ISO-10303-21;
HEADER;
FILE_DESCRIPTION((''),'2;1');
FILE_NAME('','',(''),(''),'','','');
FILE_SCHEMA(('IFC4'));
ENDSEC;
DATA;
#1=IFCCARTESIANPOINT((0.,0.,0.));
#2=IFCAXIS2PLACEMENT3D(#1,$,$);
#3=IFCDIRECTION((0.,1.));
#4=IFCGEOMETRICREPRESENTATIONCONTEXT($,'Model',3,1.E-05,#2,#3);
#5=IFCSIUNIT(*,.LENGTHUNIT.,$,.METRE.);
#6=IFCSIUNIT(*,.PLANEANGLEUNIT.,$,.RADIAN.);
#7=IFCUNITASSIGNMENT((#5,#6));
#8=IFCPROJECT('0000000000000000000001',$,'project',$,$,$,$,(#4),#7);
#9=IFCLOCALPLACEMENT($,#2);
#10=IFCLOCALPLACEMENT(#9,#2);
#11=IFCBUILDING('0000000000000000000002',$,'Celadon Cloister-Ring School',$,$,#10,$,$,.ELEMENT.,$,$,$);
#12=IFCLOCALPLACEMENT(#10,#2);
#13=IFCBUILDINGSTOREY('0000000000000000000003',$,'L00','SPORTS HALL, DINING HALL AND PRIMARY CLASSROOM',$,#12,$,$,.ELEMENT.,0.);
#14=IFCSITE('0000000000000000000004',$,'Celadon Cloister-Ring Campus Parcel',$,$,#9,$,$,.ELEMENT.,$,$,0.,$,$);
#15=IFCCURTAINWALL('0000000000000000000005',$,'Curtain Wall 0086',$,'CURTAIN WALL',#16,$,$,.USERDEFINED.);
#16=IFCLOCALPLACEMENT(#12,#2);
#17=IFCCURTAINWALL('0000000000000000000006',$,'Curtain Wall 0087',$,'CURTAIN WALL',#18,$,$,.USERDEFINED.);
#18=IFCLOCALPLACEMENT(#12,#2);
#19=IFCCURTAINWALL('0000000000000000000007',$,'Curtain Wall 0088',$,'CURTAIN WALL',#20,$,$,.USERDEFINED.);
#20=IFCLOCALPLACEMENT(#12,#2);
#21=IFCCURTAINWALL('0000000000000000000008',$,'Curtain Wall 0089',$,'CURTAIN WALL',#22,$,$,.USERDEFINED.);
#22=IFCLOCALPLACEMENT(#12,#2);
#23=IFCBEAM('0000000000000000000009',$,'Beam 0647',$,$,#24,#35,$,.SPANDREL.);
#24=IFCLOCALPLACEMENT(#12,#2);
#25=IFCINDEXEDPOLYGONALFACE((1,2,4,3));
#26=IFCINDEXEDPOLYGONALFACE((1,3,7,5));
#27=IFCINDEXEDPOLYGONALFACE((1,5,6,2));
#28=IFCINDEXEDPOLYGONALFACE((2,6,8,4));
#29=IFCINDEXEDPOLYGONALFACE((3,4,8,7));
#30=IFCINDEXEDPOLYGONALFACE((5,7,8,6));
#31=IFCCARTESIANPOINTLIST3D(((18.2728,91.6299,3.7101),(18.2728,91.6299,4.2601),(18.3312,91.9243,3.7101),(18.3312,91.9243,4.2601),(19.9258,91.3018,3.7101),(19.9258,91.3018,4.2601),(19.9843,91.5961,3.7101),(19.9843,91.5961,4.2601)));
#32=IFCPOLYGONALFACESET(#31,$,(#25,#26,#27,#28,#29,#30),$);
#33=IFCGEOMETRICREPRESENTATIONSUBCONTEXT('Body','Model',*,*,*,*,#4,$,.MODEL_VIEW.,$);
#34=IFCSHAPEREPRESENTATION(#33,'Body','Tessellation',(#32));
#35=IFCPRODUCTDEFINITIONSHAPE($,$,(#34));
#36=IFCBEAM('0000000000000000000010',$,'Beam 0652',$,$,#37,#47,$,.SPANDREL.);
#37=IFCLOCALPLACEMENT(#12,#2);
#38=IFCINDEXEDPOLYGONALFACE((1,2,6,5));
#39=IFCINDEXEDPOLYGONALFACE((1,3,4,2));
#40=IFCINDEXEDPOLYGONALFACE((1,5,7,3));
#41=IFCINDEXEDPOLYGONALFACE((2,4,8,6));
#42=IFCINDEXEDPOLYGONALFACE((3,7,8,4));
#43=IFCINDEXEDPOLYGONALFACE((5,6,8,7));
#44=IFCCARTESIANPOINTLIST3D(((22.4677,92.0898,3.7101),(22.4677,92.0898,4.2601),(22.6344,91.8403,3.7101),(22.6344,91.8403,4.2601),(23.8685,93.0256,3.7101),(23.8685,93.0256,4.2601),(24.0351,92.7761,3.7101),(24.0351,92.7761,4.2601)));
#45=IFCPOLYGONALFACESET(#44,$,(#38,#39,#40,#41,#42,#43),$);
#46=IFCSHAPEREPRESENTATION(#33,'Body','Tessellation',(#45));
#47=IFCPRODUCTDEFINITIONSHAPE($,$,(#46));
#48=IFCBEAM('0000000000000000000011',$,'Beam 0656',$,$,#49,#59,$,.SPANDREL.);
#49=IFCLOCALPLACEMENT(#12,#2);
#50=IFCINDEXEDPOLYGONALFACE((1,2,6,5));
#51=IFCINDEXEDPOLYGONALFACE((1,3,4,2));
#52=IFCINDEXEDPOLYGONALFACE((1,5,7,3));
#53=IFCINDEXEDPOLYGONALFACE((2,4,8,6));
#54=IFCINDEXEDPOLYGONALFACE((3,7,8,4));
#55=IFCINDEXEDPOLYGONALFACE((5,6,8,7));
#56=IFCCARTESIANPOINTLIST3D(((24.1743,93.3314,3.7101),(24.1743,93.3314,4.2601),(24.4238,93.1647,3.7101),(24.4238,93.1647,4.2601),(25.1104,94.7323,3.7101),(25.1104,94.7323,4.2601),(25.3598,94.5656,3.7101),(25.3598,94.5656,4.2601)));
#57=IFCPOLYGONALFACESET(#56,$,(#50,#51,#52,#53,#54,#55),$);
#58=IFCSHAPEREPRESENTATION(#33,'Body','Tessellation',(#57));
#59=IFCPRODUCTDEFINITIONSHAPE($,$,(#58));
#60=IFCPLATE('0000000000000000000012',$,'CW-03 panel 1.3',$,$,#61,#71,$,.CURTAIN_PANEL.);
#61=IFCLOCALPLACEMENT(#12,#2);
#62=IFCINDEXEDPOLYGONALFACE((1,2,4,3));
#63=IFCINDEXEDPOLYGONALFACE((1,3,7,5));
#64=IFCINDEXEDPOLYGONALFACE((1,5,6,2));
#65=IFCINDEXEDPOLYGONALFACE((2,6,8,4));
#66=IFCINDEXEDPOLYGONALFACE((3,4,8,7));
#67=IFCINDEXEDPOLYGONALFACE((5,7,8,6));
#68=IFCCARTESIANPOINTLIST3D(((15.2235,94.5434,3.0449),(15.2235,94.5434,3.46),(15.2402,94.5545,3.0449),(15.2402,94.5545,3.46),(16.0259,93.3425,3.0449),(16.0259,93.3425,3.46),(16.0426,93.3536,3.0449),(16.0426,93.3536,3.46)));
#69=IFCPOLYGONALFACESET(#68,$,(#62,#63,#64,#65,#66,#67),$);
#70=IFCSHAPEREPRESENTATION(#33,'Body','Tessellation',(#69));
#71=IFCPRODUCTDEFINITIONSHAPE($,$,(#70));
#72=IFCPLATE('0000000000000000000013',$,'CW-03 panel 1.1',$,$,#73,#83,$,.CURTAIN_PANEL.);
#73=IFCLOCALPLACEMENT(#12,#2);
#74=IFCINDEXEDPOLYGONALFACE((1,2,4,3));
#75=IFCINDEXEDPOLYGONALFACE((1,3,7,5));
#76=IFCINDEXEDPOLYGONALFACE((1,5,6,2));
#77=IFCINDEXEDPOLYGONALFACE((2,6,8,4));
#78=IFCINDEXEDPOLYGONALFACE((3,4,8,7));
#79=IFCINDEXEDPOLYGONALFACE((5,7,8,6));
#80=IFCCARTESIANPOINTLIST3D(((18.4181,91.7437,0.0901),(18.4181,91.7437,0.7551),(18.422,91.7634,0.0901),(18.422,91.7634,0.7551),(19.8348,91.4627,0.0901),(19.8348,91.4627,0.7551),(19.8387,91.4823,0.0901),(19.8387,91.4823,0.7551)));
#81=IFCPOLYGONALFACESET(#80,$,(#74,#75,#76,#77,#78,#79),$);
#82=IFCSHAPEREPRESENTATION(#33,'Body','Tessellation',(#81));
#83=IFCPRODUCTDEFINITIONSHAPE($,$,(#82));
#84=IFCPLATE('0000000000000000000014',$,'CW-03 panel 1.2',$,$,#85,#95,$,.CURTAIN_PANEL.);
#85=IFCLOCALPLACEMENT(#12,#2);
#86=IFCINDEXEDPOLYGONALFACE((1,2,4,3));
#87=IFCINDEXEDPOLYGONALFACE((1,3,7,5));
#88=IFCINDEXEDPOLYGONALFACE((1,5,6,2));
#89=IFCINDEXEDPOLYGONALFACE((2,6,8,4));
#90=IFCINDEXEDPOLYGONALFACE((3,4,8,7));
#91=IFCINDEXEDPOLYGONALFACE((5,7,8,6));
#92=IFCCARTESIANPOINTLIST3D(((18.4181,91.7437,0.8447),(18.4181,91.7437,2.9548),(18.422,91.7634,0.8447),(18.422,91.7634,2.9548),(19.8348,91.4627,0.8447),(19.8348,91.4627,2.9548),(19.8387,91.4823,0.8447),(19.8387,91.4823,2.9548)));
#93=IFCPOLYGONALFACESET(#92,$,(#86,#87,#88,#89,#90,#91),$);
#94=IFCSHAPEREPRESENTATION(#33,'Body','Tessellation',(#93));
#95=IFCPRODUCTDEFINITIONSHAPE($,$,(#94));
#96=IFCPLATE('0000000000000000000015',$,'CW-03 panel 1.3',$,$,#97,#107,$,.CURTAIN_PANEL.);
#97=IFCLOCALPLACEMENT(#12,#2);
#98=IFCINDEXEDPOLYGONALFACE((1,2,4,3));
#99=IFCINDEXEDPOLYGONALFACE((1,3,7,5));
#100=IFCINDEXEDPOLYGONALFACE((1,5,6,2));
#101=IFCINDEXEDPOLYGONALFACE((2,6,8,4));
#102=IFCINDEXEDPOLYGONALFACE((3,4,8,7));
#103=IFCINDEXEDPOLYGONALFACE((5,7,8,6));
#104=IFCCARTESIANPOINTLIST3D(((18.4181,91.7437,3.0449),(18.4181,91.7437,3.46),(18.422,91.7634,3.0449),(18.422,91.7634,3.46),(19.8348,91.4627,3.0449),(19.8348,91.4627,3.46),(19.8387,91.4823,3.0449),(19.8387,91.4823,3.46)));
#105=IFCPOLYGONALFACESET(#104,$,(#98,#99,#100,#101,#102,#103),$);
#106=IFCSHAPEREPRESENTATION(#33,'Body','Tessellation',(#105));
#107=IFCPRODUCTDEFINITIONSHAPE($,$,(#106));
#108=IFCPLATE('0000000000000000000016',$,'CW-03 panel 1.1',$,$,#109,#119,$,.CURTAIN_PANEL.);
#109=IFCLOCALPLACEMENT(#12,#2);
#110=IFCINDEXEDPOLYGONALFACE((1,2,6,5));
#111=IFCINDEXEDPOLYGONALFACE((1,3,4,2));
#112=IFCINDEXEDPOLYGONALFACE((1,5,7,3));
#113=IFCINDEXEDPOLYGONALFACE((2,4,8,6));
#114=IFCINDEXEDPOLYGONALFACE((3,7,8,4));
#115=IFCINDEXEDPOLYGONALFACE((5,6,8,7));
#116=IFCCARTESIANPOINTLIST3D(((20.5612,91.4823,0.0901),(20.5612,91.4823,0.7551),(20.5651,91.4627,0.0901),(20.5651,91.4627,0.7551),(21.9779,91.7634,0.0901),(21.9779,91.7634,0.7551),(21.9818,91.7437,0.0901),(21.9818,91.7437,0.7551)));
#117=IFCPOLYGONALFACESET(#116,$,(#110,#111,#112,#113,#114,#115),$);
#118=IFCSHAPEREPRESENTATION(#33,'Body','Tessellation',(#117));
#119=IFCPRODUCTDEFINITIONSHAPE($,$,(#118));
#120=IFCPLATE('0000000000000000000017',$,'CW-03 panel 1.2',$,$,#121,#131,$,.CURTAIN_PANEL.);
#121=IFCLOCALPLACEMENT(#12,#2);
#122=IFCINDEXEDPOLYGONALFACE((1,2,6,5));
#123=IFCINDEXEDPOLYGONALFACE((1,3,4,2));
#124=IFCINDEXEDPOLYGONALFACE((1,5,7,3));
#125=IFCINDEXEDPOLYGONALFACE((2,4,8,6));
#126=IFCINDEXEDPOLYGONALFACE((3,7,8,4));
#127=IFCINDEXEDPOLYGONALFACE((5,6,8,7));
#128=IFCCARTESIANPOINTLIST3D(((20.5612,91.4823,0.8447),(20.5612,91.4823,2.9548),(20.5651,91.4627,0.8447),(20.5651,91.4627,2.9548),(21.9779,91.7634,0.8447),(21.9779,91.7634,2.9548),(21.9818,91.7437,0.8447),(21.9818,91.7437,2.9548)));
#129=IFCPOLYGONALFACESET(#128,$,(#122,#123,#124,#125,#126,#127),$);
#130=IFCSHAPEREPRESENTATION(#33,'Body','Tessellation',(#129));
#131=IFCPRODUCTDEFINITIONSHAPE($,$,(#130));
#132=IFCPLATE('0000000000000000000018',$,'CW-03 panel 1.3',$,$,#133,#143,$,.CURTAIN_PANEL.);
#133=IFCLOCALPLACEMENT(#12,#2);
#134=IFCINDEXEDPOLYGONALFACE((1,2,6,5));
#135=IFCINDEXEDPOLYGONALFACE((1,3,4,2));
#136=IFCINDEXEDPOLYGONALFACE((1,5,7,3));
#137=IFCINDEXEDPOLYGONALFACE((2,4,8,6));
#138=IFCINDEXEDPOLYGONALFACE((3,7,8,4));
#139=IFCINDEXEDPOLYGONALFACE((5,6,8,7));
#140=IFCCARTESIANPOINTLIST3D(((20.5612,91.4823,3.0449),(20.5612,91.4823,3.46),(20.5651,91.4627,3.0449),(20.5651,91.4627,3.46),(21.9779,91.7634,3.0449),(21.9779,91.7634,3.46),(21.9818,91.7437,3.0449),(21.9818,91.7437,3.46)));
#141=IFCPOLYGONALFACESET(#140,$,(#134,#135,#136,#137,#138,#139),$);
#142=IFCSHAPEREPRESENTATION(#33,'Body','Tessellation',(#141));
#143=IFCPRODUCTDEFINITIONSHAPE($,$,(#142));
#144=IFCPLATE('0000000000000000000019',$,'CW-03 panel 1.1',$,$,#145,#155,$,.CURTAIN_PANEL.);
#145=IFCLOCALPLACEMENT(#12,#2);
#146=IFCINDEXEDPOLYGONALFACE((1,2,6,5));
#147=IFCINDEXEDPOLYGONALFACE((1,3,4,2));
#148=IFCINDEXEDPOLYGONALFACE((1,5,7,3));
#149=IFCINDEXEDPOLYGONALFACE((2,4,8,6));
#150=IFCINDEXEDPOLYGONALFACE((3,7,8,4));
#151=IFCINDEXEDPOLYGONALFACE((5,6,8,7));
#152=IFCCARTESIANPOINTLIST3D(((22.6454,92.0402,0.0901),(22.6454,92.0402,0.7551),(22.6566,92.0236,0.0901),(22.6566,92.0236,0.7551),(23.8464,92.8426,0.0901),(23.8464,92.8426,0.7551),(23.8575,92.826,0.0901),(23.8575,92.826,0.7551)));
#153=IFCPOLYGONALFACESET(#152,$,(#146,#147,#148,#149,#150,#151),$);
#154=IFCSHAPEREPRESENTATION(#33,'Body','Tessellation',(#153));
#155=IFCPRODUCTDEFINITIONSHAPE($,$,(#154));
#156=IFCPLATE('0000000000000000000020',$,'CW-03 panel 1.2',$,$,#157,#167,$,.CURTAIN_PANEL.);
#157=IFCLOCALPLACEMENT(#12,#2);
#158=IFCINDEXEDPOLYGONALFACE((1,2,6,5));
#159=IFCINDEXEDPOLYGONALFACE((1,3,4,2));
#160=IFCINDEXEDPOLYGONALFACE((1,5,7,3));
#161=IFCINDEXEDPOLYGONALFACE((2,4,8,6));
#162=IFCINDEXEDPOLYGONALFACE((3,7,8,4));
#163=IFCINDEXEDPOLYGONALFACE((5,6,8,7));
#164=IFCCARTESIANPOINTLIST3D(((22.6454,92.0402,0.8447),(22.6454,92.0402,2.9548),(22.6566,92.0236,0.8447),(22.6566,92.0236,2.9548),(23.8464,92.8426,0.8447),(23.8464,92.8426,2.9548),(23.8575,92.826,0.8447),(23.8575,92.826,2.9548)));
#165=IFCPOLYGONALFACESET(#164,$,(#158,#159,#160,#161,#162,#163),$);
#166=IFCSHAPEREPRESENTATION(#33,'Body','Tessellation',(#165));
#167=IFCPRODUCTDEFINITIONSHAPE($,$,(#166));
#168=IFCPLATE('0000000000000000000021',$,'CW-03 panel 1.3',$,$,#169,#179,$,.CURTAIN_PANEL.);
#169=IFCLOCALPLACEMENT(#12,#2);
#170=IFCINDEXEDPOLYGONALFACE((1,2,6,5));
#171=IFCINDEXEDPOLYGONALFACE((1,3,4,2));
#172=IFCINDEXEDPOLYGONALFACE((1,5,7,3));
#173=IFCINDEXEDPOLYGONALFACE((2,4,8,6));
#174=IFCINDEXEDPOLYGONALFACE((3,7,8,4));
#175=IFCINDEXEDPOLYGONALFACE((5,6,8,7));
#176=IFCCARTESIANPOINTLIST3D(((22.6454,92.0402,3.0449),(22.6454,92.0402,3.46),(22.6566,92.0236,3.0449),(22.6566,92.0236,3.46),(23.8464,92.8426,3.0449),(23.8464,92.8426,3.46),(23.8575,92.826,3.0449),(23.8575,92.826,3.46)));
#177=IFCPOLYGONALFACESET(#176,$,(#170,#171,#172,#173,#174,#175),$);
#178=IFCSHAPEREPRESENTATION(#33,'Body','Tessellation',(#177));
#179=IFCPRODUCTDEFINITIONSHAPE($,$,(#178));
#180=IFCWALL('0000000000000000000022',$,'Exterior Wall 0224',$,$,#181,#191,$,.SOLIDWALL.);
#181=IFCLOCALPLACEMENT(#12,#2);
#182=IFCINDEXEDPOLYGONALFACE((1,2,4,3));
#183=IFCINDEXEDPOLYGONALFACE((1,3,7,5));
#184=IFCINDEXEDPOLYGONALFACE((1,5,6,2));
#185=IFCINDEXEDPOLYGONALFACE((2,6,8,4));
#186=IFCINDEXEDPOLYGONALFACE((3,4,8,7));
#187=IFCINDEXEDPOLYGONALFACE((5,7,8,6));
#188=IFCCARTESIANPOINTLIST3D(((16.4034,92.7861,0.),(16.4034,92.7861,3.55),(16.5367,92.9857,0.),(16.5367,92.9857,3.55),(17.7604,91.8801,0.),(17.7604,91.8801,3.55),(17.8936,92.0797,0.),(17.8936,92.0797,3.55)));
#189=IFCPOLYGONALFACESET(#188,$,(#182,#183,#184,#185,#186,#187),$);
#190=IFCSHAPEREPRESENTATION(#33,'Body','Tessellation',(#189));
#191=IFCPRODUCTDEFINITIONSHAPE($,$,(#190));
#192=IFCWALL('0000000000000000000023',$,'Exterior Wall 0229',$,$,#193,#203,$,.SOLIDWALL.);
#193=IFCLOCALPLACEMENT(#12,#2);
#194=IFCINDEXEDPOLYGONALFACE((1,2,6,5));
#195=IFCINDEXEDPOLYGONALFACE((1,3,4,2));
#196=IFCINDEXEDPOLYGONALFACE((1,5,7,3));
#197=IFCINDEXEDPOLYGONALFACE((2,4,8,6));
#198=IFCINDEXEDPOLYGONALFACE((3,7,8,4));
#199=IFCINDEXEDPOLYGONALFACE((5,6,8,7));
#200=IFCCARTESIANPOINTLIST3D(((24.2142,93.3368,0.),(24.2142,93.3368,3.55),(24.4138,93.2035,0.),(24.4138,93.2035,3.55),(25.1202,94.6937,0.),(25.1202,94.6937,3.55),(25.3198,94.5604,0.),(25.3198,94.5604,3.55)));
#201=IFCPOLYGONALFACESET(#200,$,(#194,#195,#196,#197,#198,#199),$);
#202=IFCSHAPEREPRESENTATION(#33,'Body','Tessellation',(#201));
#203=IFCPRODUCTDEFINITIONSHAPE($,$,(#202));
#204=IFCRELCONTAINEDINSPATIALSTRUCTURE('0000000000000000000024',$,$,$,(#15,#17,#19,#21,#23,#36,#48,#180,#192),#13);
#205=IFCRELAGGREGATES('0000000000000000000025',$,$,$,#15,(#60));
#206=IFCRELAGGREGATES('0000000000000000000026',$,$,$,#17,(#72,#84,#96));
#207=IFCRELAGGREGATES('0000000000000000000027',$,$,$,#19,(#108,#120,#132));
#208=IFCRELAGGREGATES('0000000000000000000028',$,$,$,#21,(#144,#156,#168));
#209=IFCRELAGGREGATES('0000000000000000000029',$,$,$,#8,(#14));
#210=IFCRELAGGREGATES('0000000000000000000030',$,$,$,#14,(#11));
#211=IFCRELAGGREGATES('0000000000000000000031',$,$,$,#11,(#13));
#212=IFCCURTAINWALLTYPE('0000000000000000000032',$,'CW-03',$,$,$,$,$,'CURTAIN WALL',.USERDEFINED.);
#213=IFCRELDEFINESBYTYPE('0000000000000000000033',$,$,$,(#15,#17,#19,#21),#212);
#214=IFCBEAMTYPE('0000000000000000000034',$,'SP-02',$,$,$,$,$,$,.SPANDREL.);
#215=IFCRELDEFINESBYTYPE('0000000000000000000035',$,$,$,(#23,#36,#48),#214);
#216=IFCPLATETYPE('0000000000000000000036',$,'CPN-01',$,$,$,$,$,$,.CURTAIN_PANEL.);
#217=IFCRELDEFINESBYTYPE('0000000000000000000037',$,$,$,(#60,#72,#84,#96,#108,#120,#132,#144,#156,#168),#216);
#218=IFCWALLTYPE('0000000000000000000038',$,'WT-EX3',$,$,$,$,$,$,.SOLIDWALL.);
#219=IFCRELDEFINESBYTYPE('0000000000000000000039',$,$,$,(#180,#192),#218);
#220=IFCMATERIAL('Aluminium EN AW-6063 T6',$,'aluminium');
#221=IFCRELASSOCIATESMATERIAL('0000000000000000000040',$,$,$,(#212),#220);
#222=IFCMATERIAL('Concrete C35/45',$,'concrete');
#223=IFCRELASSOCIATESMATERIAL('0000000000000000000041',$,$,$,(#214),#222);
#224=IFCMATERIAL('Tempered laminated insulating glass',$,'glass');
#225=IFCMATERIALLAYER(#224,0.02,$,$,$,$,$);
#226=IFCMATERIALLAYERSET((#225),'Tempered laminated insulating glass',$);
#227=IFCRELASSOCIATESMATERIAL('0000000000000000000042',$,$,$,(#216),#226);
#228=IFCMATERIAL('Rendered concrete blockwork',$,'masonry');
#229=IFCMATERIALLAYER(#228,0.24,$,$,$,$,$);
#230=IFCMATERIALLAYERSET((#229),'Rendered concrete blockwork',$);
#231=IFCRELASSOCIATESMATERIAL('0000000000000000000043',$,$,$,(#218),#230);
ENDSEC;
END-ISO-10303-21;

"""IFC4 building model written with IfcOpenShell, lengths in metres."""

from ifc_helpers import new_model, si_unit, direction, frame, frame_2d, origin, origin_2d, place, context, subcontext, project, spatial, rectangle, extrude, material, layer, layer_set, material_profile, profile_set, type_object, element, aggregate, save


model = new_model("IFC4")

# Units and contexts
model_context = context("Model", 3, precision=1e-05, world=origin(), true_north=direction((0.0, 1.0)))
body_context = subcontext(model_context, "Body", "Model", "MODEL_VIEW")
ifc_project = project(units=[si_unit("LENGTHUNIT", "METRE"), si_unit("PLANEANGLEUNIT", "RADIAN")], contexts=[model_context])

# Site, building, storey
site_placement = place(None, origin())
site = spatial("IfcSite", under=ifc_project, at=site_placement, Name="Celadon Cloister-Ring Campus Parcel", CompositionType="ELEMENT", RefElevation=0.0)
building_placement = place(site_placement, origin())
building = spatial("IfcBuilding", under=site, at=building_placement, Name="Celadon Cloister-Ring School", CompositionType="ELEMENT")
storey_placement = place(building_placement, origin())
storey = spatial("IfcBuildingStorey", under=building, at=storey_placement, Name="L00", Description="SPORTS HALL, DINING HALL AND PRIMARY CLASSROOM", CompositionType="ELEMENT", Elevation=0.0)

# Curtain walls
ifc_material_1 = material(Name="Aluminium EN AW-6063 T6", Category="aluminium")
curtain_wall_type = type_object("IfcCurtainWallType", Name="CW-03", ElementType="CURTAIN WALL", PredefinedType="USERDEFINED", material=ifc_material_1)
curtain_wall_1_placement = place(storey_placement, origin())
curtain_wall_1 = element("IfcCurtainWall", 1, at=curtain_wall_1_placement, inside=storey, type_object=curtain_wall_type, Name="Curtain Wall 0086", ObjectType="CURTAIN WALL", PredefinedType="USERDEFINED")
curtain_wall_2_placement = place(storey_placement, origin())
curtain_wall_2 = element("IfcCurtainWall", 2, at=curtain_wall_2_placement, inside=storey, type_object=curtain_wall_type, Name="Curtain Wall 0087", ObjectType="CURTAIN WALL", PredefinedType="USERDEFINED")
curtain_wall_3_placement = place(storey_placement, origin())
curtain_wall_3 = element("IfcCurtainWall", 3, at=curtain_wall_3_placement, inside=storey, type_object=curtain_wall_type, Name="Curtain Wall 0088", ObjectType="CURTAIN WALL", PredefinedType="USERDEFINED")

# Curtain wall
curtain_wall_4_placement = place(storey_placement, origin())
curtain_wall_4 = element("IfcCurtainWall", 4, at=curtain_wall_4_placement, inside=storey, type_object=curtain_wall_type, Name="Curtain Wall 0089", ObjectType="CURTAIN WALL", PredefinedType="USERDEFINED")

# Beams
ifc_material_2 = material(Name="Concrete C35/45", Category="concrete")
ifc_material_profile_1 = material_profile(ifc_material_2, rectangle(XDim=0.3, YDim=0.55, at=origin_2d()), Name="RC300X550")
ifc_profile_set_1 = profile_set([ifc_material_profile_1], Name="Concrete C35/45")
beam_type = type_object("IfcBeamType", Name="SP-02", PredefinedType="SPANDREL", material=ifc_profile_set_1)
beam_1_placement = place(storey_placement, frame((18.302, 91.7771, 3.9851), z_axis=(0.980864, -0.194695, 0.0), x_axis=(0.194695, 0.980864, 0.0)))
element("IfcBeam", 5, at=beam_1_placement, inside=storey, type_object=beam_type, Name="Beam 0647", PredefinedType="SPANDREL", context=body_context, shape_type="SweptSolid", body=[
    extrude(rectangle(XDim=0.3, YDim=0.55, at=origin_2d()), origin(), (0.0, 0.0, 1.0), 1.6853),
])
beam_2_placement = place(storey_placement, frame((22.551, 91.9651, 3.9851), z_axis=(0.831537, 0.555469, 0.0), x_axis=(-0.555469, 0.831537, 0.0)))
element("IfcBeam", 6, at=beam_2_placement, inside=storey, type_object=beam_type, Name="Beam 0652", PredefinedType="SPANDREL", context=body_context, shape_type="SweptSolid", body=[
    extrude(rectangle(XDim=0.3, YDim=0.55, at=origin_2d()), origin(), (0.0, 0.0, 1.0), 1.6846),
])
beam_3_placement = place(storey_placement, frame((24.2991, 93.248, 3.9851), z_axis=(0.555569, 0.83147, 0.0), x_axis=(-0.83147, 0.555569, 0.0)))
element("IfcBeam", 7, at=beam_3_placement, inside=storey, type_object=beam_type, Name="Beam 0656", PredefinedType="SPANDREL", context=body_context, shape_type="SweptSolid", body=[
    extrude(rectangle(XDim=0.3, YDim=0.55, at=origin_2d()), origin(), (0.0, 0.0, 1.0), 1.6848),
])

# Plates
ifc_material_3 = material(Name="Tempered laminated insulating glass", Category="glass")
ifc_layer_1 = layer(ifc_material_3, 0.02)
ifc_layer_set_1 = layer_set([ifc_layer_1], Name="Tempered laminated insulating glass")
plate_type = type_object("IfcPlateType", Name="CPN-01", PredefinedType="CURTAIN_PANEL", material=ifc_layer_set_1)
plate_1_placement = place(storey_placement, frame((15.6331, 93.9485, 3.0449), z_axis=(0.0, 0.0, 1.0), x_axis=(0.555547, -0.831485, 0.0)))
plate_1 = element("IfcPlate", 8, at=plate_1_placement, type_object=plate_type, Name="CW-03 panel 1.3", PredefinedType="CURTAIN_PANEL", context=body_context, shape_type="SweptSolid", body=[
    extrude(rectangle(XDim=1.4443, YDim=0.02, at=origin_2d()), origin(), (0.0, 0.0, 1.0), 0.415),
])
aggregate(curtain_wall_1, [plate_1])
plate_2_placement = place(storey_placement, frame((19.1284, 91.613, 0.0901), z_axis=(0.0, 0.0, 1.0), x_axis=(0.980885, -0.194586, 0.0)))
plate_2 = element("IfcPlate", 9, at=plate_2_placement, type_object=plate_type, Name="CW-03 panel 1.1", PredefinedType="CURTAIN_PANEL", context=body_context, shape_type="SweptSolid", body=[
    extrude(rectangle(XDim=1.4443, YDim=0.02, at=origin_2d()), origin(), (0.0, 0.0, 1.0), 0.665),
])
plate_3_placement = place(storey_placement, frame((19.1284, 91.613, 0.8447), z_axis=(0.0, 0.0, 1.0), x_axis=(0.980885, -0.194586, 0.0)))
plate_3 = element("IfcPlate", 10, at=plate_3_placement, type_object=plate_type, Name="CW-03 panel 1.2", PredefinedType="CURTAIN_PANEL", context=body_context, shape_type="SweptSolid", body=[
    extrude(rectangle(XDim=1.4443, YDim=0.02, at=origin_2d()), origin(), (0.0, 0.0, 1.0), 2.1101),
])
plate_4_placement = place(storey_placement, frame((19.1284, 91.613, 3.0449), z_axis=(0.0, 0.0, 1.0), x_axis=(0.980885, -0.194586, 0.0)))
plate_4 = element("IfcPlate", 11, at=plate_4_placement, type_object=plate_type, Name="CW-03 panel 1.3", PredefinedType="CURTAIN_PANEL", context=body_context, shape_type="SweptSolid", body=[
    extrude(rectangle(XDim=1.4443, YDim=0.02, at=origin_2d()), origin(), (0.0, 0.0, 1.0), 0.415),
])
aggregate(curtain_wall_2, [plate_2, plate_3, plate_4])
plate_5_placement = place(storey_placement, frame((21.2715, 91.613, 0.0901), z_axis=(0.0, 0.0, 1.0), x_axis=(0.980885, 0.194586, 0.0)))
plate_5 = element("IfcPlate", 12, at=plate_5_placement, type_object=plate_type, Name="CW-03 panel 1.1", PredefinedType="CURTAIN_PANEL", context=body_context, shape_type="SweptSolid", body=[
    extrude(rectangle(XDim=1.4443, YDim=0.02, at=origin_2d()), origin(), (0.0, 0.0, 1.0), 0.665),
])
plate_6_placement = place(storey_placement, frame((21.2715, 91.613, 0.8447), z_axis=(0.0, 0.0, 1.0), x_axis=(0.980885, 0.194586, 0.0)))
plate_6 = element("IfcPlate", 13, at=plate_6_placement, type_object=plate_type, Name="CW-03 panel 1.2", PredefinedType="CURTAIN_PANEL", context=body_context, shape_type="SweptSolid", body=[
    extrude(rectangle(XDim=1.4443, YDim=0.02, at=origin_2d()), origin(), (0.0, 0.0, 1.0), 2.1101),
])
plate_7_placement = place(storey_placement, frame((21.2715, 91.613, 3.0449), z_axis=(0.0, 0.0, 1.0), x_axis=(0.980885, 0.194586, 0.0)))
plate_7 = element("IfcPlate", 14, at=plate_7_placement, type_object=plate_type, Name="CW-03 panel 1.3", PredefinedType="CURTAIN_PANEL", context=body_context, shape_type="SweptSolid", body=[
    extrude(rectangle(XDim=1.4443, YDim=0.02, at=origin_2d()), origin(), (0.0, 0.0, 1.0), 0.415),
])
aggregate(curtain_wall_3, [plate_5, plate_6, plate_7])
plate_8_placement = place(storey_placement, frame((23.2515, 92.4331, 0.0901), z_axis=(0.0, 0.0, 1.0), x_axis=(0.831485, 0.555547, 0.0)))
plate_8 = element("IfcPlate", 15, at=plate_8_placement, type_object=plate_type, Name="CW-03 panel 1.1", PredefinedType="CURTAIN_PANEL", context=body_context, shape_type="SweptSolid", body=[
    extrude(rectangle(XDim=1.4443, YDim=0.02, at=origin_2d()), origin(), (0.0, 0.0, 1.0), 0.665),
])
plate_9_placement = place(storey_placement, frame((23.2515, 92.4331, 0.8447), z_axis=(0.0, 0.0, 1.0), x_axis=(0.831485, 0.555547, 0.0)))
plate_9 = element("IfcPlate", 16, at=plate_9_placement, type_object=plate_type, Name="CW-03 panel 1.2", PredefinedType="CURTAIN_PANEL", context=body_context, shape_type="SweptSolid", body=[
    extrude(rectangle(XDim=1.4443, YDim=0.02, at=origin_2d()), origin(), (0.0, 0.0, 1.0), 2.1101),
])
plate_10_placement = place(storey_placement, frame((23.2515, 92.4331, 3.0449), z_axis=(0.0, 0.0, 1.0), x_axis=(0.831485, 0.555547, 0.0)))
plate_10 = element("IfcPlate", 17, at=plate_10_placement, type_object=plate_type, Name="CW-03 panel 1.3", PredefinedType="CURTAIN_PANEL", context=body_context, shape_type="SweptSolid", body=[
    extrude(rectangle(XDim=1.4443, YDim=0.02, at=origin_2d()), origin(), (0.0, 0.0, 1.0), 0.415),
])
aggregate(curtain_wall_4, [plate_8, plate_9, plate_10])

# Walls
ifc_material_4 = material(Name="Rendered concrete blockwork", Category="masonry")
ifc_layer_2 = layer(ifc_material_4, 0.24)
ifc_layer_set_2 = layer_set([ifc_layer_2], Name="Rendered concrete blockwork")
wall_type = type_object("IfcWallType", Name="WT-EX3", PredefinedType="SOLIDWALL", material=ifc_layer_set_2)
for number, where, z_axis, x_axis, name in (
    (18, (16.47, 92.886, 0.0), (0.0, 0.0, 1.0), (0.831659, -0.555287, 0.0), "Exterior Wall 0224"),
    (19, (24.314, 93.27, 0.0), (0.0, 0.0, 1.0), (0.555287, 0.831659, 0.0), "Exterior Wall 0229"),
):
    element("IfcWall", number, at=place(storey_placement, frame(where, z_axis=z_axis, x_axis=x_axis)), inside=storey, type_object=wall_type, Name=name, PredefinedType="SOLIDWALL", context=body_context, shape_type="SweptSolid", body=[
        extrude(rectangle(XDim=1.6316, YDim=0.24, at=frame_2d((0.8159, 0.0))), origin(), (0.0, 0.0, 1.0), 3.55),
    ])

save(model, "model.ifc")
